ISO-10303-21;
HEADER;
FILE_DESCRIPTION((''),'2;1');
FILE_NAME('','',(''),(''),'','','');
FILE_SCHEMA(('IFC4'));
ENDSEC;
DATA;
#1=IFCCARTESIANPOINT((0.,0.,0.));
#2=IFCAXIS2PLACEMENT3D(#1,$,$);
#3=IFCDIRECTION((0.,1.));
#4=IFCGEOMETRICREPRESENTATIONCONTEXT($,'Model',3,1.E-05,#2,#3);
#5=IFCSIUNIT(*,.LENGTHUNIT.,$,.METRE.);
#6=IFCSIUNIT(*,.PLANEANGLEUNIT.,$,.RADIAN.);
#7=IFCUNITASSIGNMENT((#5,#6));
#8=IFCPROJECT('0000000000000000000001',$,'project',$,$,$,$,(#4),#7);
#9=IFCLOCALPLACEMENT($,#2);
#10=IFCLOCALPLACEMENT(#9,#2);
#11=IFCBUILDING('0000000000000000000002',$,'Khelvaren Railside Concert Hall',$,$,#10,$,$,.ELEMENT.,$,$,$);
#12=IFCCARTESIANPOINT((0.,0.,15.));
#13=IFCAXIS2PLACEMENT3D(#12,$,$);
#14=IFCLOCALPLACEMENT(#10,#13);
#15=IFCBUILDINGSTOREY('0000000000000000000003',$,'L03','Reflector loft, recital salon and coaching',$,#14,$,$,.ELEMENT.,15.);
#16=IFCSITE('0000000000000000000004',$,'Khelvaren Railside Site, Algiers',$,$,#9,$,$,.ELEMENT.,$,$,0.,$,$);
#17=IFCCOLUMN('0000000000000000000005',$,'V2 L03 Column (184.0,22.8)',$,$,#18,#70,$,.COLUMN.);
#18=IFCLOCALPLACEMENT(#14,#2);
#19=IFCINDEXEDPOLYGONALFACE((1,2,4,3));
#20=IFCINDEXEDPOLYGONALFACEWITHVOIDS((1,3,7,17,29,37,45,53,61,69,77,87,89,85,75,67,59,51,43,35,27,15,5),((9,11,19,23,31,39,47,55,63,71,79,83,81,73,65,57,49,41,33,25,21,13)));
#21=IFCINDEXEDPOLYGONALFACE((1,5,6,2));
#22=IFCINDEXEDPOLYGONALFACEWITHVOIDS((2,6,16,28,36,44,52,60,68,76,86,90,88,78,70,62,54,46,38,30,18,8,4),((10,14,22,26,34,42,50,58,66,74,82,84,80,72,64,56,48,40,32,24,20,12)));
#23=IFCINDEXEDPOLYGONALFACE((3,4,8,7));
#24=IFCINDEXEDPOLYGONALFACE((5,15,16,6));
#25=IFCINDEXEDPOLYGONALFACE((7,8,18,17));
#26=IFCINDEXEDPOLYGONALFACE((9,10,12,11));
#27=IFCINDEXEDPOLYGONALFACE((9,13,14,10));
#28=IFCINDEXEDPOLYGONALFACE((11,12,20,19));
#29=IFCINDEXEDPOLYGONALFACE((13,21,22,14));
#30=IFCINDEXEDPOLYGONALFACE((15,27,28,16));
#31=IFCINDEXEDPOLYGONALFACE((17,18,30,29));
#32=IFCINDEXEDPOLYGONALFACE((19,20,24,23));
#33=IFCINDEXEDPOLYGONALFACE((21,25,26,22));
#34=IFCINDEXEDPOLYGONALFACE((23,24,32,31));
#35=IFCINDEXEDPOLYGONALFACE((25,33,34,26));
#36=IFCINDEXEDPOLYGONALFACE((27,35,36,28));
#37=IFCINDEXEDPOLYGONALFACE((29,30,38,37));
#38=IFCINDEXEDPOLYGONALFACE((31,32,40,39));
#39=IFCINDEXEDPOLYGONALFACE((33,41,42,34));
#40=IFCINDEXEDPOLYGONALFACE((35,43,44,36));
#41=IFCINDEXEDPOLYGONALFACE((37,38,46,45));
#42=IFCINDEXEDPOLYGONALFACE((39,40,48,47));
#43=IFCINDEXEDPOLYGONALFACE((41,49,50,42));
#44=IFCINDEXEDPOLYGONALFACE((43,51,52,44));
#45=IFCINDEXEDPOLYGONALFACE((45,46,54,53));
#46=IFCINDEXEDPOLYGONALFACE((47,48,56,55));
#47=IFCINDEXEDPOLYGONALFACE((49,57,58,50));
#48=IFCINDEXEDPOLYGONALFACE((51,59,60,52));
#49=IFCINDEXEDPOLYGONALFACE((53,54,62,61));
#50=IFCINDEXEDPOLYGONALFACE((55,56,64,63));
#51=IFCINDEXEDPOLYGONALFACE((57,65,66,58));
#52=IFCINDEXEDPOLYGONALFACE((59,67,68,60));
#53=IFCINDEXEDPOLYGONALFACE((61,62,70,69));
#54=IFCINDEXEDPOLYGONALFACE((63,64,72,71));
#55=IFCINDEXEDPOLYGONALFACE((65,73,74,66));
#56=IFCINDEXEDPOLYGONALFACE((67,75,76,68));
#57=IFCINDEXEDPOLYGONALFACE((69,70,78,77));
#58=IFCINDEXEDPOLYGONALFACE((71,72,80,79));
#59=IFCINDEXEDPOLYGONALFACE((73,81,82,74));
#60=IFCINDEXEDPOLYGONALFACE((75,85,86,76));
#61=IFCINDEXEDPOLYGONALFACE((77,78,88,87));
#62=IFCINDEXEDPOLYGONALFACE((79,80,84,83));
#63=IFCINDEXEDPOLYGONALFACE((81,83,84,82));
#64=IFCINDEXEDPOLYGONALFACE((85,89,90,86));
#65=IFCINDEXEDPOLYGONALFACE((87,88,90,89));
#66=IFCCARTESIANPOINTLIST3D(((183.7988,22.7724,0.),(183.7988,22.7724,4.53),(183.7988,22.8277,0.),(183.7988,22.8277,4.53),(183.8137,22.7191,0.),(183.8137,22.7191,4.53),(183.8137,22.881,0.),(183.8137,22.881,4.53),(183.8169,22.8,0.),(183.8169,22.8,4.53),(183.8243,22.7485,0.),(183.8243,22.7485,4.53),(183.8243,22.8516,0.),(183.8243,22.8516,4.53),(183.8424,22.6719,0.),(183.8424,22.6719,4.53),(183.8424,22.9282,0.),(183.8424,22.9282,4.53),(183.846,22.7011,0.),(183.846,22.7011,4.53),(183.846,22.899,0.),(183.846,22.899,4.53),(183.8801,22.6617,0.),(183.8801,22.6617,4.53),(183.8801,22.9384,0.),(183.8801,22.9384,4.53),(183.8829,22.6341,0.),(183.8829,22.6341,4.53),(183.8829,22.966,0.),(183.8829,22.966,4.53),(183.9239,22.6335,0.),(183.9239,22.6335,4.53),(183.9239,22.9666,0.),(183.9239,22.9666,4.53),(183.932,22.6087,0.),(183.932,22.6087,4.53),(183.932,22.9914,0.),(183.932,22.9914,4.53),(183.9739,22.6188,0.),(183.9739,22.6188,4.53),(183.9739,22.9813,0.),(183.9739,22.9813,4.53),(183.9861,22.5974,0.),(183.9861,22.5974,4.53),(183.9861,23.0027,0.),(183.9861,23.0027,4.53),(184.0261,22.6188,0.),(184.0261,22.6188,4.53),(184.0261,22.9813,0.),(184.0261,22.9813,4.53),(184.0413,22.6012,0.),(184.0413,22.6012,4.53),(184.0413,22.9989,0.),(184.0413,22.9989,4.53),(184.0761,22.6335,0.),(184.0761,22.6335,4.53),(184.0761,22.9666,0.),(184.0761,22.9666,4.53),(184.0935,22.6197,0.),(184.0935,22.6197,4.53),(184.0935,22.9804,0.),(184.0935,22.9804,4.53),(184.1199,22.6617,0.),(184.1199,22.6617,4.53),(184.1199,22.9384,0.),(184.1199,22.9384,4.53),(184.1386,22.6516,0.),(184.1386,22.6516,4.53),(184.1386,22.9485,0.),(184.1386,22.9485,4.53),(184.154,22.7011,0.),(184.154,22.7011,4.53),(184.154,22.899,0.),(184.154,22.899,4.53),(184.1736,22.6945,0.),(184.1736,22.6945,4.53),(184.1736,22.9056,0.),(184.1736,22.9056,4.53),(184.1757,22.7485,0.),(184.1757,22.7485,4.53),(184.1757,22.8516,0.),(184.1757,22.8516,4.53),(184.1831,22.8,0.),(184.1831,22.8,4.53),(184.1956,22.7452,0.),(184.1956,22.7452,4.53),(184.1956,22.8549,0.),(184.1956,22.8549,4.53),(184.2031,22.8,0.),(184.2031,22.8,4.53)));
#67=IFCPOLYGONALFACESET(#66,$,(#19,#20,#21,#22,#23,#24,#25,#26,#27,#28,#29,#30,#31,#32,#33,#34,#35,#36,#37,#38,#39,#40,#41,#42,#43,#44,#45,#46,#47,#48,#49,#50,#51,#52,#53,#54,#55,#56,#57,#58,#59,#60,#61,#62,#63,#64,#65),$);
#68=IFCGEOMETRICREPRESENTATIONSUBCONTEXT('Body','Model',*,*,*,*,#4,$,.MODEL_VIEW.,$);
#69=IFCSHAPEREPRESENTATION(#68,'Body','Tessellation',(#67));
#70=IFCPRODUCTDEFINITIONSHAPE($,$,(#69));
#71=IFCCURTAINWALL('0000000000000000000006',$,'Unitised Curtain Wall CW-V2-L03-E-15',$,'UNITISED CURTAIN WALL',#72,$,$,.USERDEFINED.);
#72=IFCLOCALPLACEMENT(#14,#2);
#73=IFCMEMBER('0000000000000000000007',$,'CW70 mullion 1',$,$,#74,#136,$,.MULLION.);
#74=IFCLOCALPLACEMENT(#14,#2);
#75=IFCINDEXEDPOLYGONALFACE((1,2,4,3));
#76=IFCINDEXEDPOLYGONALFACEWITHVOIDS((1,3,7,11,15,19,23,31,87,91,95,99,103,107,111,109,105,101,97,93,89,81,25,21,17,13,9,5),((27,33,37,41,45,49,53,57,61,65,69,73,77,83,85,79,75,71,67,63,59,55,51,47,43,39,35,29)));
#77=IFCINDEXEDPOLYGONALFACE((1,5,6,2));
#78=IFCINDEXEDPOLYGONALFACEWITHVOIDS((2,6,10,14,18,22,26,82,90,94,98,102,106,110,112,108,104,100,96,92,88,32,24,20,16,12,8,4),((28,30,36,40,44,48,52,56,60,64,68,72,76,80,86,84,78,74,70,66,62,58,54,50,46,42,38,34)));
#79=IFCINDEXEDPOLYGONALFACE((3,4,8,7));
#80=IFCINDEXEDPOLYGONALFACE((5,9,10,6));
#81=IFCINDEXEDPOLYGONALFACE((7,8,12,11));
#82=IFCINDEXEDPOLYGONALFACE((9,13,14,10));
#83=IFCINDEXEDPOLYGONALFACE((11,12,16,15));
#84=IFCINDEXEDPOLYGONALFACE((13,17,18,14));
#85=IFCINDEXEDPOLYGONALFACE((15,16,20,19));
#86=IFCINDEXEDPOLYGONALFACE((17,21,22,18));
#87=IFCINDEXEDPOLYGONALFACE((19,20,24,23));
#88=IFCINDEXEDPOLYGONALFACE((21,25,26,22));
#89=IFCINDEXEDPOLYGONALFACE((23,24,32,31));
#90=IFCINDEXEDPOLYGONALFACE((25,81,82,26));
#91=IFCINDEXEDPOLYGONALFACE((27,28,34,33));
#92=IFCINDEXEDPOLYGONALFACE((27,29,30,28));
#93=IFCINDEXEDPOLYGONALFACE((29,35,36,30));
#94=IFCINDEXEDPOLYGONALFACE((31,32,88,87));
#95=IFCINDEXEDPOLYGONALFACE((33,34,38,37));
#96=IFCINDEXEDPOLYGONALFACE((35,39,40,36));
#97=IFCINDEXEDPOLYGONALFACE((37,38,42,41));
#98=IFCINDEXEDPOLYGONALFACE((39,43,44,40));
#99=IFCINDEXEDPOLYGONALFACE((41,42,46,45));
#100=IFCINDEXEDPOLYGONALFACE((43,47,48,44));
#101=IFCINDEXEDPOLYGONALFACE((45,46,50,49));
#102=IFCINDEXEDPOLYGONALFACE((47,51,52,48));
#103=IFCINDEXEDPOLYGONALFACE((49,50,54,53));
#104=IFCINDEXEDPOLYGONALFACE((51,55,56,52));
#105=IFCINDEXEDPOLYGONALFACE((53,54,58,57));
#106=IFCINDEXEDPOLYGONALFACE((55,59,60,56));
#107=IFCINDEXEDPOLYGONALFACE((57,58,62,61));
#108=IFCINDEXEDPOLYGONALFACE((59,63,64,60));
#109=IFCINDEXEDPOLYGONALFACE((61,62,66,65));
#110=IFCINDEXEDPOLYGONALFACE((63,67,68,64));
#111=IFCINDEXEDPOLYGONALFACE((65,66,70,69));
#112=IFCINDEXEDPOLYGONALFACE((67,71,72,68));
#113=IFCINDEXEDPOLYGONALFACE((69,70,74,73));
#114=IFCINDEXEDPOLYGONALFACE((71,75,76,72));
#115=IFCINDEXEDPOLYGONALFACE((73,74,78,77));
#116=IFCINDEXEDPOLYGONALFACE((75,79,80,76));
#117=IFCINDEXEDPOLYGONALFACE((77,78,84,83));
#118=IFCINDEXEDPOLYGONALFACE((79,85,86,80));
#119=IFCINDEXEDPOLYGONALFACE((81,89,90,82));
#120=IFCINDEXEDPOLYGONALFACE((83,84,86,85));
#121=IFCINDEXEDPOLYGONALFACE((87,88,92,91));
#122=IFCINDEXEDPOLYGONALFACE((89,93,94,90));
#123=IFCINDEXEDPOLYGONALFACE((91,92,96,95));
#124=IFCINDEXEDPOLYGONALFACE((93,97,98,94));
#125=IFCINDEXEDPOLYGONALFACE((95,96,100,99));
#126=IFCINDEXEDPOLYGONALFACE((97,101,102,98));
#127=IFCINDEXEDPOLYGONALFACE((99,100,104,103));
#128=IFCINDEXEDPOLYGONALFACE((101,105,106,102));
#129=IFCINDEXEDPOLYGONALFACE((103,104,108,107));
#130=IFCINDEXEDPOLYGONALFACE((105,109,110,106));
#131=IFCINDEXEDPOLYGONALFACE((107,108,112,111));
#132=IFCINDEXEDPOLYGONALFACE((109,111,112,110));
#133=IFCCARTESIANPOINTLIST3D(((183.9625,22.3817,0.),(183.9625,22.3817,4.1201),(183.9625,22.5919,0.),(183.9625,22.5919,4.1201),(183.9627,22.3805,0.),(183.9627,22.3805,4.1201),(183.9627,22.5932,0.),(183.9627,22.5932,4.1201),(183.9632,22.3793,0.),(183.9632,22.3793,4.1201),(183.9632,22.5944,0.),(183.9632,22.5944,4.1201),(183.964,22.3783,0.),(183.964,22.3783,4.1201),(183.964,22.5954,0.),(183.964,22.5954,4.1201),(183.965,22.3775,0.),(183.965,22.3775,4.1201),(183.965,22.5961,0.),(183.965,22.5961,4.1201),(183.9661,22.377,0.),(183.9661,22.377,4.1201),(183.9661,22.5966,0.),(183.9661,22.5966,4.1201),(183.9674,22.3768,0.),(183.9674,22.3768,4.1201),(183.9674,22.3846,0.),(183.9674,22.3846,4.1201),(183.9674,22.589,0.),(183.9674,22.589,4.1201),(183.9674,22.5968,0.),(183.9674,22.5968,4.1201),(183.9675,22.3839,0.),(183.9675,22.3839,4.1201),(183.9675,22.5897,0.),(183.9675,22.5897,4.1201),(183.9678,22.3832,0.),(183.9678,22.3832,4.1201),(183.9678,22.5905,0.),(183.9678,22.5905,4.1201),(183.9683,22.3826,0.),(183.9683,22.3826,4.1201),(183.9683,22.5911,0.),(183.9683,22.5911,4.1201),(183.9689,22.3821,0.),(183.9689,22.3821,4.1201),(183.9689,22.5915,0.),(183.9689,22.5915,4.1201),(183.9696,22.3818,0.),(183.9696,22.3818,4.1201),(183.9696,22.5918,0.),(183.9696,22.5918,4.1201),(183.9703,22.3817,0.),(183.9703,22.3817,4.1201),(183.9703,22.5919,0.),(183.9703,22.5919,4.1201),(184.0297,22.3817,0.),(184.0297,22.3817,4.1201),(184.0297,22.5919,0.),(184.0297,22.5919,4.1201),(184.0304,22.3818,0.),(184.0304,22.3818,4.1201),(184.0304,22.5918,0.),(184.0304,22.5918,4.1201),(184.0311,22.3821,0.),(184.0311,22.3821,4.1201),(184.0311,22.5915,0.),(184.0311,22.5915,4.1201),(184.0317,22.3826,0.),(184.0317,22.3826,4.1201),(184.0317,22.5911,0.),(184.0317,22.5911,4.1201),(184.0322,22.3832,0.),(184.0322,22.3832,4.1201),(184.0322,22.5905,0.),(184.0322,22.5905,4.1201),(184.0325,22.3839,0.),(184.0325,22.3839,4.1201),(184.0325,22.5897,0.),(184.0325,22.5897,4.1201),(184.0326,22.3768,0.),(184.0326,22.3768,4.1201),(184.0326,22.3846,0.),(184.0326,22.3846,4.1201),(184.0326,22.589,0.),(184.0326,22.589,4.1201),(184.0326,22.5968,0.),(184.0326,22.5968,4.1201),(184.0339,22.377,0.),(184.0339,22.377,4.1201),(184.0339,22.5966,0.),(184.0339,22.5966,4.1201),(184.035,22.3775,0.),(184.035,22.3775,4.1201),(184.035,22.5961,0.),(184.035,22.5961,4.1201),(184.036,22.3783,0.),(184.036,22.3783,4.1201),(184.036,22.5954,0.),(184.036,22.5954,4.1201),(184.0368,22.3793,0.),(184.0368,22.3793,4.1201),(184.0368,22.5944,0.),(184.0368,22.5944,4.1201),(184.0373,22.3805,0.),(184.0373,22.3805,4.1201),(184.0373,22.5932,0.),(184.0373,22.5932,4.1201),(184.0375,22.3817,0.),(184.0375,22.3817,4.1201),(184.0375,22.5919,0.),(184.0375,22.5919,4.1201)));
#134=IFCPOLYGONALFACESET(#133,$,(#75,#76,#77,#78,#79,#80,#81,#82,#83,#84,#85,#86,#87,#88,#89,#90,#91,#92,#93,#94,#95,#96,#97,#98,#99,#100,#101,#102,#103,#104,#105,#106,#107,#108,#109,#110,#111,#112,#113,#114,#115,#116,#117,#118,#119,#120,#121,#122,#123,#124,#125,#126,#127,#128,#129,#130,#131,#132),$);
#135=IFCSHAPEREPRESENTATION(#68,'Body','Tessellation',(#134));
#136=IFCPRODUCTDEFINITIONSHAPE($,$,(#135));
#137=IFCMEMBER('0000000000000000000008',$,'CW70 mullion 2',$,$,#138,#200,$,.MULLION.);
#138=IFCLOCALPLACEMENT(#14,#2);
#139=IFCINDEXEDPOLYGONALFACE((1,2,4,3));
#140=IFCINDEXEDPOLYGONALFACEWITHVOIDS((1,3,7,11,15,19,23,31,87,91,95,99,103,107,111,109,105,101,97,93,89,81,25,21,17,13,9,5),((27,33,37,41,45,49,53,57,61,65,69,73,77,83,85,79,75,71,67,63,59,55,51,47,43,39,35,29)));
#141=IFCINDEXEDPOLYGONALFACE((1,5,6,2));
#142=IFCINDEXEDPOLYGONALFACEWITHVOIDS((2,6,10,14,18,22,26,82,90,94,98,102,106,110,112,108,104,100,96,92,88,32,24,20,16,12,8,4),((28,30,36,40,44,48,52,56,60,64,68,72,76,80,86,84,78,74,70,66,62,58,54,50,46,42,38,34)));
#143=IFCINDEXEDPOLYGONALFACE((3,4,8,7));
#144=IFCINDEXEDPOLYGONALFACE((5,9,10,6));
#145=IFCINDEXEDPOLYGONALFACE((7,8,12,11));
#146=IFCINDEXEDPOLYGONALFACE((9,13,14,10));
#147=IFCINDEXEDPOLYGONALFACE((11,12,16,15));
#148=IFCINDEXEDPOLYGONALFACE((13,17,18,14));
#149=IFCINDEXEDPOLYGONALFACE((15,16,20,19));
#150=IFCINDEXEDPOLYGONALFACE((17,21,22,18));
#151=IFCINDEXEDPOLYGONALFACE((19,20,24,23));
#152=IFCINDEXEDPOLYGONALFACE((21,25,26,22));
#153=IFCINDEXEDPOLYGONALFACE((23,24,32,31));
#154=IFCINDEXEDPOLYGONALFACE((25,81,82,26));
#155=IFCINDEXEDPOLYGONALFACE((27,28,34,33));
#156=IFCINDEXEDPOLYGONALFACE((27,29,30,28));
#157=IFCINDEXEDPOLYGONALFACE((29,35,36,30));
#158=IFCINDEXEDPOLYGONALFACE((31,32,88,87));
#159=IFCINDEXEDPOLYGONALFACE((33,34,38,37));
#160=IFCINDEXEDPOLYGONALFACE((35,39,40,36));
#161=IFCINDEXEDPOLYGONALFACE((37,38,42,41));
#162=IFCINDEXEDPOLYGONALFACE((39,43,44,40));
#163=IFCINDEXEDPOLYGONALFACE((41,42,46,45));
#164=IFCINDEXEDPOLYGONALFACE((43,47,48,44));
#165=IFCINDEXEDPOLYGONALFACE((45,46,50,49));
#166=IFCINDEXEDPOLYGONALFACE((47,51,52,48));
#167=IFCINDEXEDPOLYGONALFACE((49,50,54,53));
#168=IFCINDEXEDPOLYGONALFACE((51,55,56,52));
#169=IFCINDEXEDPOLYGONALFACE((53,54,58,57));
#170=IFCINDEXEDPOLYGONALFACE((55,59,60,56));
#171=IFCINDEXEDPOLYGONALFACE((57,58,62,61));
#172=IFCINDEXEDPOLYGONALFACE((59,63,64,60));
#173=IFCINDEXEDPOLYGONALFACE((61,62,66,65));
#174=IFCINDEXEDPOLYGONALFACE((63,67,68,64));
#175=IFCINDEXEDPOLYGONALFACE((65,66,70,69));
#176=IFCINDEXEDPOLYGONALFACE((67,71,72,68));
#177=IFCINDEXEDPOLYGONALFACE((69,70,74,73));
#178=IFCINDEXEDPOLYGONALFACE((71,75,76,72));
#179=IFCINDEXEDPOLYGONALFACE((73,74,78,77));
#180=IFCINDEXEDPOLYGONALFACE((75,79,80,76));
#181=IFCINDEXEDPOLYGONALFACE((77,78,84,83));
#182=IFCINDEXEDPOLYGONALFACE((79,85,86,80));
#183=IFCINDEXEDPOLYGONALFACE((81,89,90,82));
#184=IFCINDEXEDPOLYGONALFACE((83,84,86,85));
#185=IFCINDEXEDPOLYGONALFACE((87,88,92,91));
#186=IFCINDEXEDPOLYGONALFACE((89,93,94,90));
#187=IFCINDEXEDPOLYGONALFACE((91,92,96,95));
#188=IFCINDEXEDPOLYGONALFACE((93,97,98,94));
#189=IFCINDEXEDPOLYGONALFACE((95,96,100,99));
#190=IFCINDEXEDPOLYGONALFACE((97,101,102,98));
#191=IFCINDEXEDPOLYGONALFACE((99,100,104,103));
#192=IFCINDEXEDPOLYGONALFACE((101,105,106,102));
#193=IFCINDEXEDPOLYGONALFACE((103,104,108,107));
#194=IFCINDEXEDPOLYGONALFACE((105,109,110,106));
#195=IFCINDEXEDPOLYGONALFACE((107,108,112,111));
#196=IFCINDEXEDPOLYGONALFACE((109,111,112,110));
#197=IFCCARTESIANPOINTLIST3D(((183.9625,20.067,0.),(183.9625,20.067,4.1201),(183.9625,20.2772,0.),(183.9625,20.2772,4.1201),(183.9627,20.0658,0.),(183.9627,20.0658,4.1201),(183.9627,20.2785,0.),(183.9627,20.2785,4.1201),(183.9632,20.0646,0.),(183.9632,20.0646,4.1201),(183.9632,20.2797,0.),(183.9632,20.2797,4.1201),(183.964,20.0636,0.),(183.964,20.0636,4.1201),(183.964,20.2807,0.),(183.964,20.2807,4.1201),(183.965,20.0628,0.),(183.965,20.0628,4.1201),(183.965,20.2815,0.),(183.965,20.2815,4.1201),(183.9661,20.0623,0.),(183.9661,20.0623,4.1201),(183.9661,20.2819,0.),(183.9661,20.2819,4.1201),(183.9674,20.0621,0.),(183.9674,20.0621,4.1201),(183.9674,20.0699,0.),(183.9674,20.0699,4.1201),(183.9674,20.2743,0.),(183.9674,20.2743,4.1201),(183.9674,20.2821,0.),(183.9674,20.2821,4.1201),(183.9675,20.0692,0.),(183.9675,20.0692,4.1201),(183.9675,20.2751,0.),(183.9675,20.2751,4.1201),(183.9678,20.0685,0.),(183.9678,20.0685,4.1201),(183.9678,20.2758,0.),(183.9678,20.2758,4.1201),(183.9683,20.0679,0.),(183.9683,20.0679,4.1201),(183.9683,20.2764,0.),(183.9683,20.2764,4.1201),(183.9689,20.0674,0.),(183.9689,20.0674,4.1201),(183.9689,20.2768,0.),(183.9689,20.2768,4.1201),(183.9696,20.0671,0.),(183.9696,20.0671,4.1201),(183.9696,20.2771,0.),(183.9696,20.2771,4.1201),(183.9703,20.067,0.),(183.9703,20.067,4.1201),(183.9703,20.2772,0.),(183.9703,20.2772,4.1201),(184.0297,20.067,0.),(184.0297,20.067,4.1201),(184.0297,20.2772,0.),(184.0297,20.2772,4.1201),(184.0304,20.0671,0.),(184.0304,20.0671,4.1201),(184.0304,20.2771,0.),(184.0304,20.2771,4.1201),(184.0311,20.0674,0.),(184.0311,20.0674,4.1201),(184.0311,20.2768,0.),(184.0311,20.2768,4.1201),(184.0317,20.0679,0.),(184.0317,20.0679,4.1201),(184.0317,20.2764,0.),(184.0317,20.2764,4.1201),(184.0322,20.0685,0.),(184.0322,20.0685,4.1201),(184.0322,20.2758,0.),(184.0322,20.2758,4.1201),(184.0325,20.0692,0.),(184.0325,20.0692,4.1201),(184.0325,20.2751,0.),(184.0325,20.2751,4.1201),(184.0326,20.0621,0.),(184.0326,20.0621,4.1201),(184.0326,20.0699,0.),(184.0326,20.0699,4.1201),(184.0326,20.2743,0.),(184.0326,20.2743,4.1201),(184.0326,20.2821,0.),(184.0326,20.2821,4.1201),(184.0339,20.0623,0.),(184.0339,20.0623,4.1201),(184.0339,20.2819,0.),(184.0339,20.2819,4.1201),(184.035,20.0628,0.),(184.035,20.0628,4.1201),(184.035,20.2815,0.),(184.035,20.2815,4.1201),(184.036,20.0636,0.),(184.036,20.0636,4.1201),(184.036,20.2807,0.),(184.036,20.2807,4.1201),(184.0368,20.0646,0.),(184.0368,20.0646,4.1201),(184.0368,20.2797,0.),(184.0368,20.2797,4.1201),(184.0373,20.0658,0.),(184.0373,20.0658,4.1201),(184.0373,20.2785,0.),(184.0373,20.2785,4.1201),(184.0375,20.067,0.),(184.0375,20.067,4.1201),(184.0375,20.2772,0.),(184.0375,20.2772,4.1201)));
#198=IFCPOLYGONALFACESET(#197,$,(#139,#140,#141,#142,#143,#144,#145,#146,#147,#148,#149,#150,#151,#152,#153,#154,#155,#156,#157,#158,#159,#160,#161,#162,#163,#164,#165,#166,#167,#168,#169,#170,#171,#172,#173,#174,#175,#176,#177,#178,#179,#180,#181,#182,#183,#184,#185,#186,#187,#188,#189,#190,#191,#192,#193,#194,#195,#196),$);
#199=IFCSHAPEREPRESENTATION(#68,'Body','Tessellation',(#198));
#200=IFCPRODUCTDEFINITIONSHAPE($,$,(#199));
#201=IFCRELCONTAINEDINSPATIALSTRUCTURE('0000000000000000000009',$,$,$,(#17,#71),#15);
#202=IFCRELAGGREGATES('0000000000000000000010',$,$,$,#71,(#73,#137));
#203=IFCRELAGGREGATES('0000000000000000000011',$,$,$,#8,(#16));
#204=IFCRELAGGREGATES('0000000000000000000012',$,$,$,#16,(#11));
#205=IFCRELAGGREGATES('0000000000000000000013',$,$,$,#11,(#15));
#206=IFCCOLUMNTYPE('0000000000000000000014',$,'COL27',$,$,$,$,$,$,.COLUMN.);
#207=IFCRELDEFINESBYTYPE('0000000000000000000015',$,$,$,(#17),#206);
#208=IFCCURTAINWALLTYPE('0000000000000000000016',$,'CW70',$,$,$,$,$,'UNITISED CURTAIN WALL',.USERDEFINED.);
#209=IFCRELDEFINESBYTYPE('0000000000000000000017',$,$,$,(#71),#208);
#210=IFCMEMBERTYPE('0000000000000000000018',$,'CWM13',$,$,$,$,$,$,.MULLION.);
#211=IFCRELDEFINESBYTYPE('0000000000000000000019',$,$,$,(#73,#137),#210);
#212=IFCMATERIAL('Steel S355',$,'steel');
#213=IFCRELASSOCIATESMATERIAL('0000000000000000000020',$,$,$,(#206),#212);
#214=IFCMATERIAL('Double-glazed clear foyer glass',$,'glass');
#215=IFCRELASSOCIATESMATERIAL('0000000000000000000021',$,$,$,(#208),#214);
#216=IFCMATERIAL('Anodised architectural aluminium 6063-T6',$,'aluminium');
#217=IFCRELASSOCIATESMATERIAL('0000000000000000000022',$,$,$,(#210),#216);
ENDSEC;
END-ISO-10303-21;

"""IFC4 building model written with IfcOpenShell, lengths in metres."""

from ifc_helpers import new_model, si_unit, direction, frame, origin, origin_2d, place, context, subcontext, project, spatial, hollow_rectangle, hollow_circle, extrude, material, material_profile, profile_set, type_object, element, aggregate, save


model = new_model("IFC4")

# Units and contexts
model_context = context("Model", 3, precision=1e-05, world=origin(), true_north=direction((0.0, 1.0)))
body_context = subcontext(model_context, "Body", "Model", "MODEL_VIEW")
ifc_project = project(units=[si_unit("LENGTHUNIT", "METRE"), si_unit("PLANEANGLEUNIT", "RADIAN")], contexts=[model_context])

# Site, building, storey
site_placement = place(None, origin())
site = spatial("IfcSite", under=ifc_project, at=site_placement, Name="Khelvaren Railside Site, Algiers", CompositionType="ELEMENT", RefElevation=0.0)
building_placement = place(site_placement, origin())
building = spatial("IfcBuilding", under=site, at=building_placement, Name="Khelvaren Railside Concert Hall", CompositionType="ELEMENT")
storey_placement = place(building_placement, frame((0.0, 0.0, 15.0)))
storey = spatial("IfcBuildingStorey", under=building, at=storey_placement, Name="L03", Description="Reflector loft, recital salon and coaching", CompositionType="ELEMENT", Elevation=15.0)

# Column
ifc_material_1 = material(Name="Steel S355", Category="steel")
ifc_material_profile_1 = material_profile(ifc_material_1, hollow_circle(Radius=0.2031, WallThickness=0.02, at=origin_2d()), Name="CHS 406.4x20")
ifc_profile_set_1 = profile_set([ifc_material_profile_1], Name="Steel S355")
column_type = type_object("IfcColumnType", Name="COL27", PredefinedType="COLUMN", material=ifc_profile_set_1)
column_placement = place(storey_placement, frame((184.0, 22.8, 0.0), z_axis=(0.0, 0.0, 1.0), x_axis=(1.0, 0.0, 0.0)))
element("IfcColumn", 1, at=column_placement, inside=storey, type_object=column_type, Name="V2 L03 Column (184.0,22.8)", PredefinedType="COLUMN", context=body_context, shape_type="SweptSolid", body=[
    extrude(hollow_circle(Radius=0.2031, WallThickness=0.02, at=origin_2d()), origin(), (0.0, 0.0, 1.0), 4.53),
])

# Curtain wall, members
ifc_material_2 = material(Name="Double-glazed clear foyer glass", Category="glass")
curtain_wall_type_1 = type_object("IfcCurtainWallType", Name="CW70", ElementType="UNITISED CURTAIN WALL", PredefinedType="USERDEFINED", material=ifc_material_2)
curtain_wall_1_placement = place(storey_placement, origin())
curtain_wall_1 = element("IfcCurtainWall", 2, at=curtain_wall_1_placement, inside=storey, type_object=curtain_wall_type_1, Name="Unitised Curtain Wall CW-V2-L03-E-15", ObjectType="UNITISED CURTAIN WALL", PredefinedType="USERDEFINED")
ifc_material_3 = material(Name="Anodised architectural aluminium 6063-T6", Category="aluminium")
ifc_material_profile_2 = material_profile(ifc_material_3, hollow_rectangle(XDim=0.075, YDim=0.22, WallThickness=0.0049, InnerFilletRadius=0.0029, OuterFilletRadius=0.0049, at=origin_2d()), Name="CWM 75x220x5")
ifc_profile_set_2 = profile_set([ifc_material_profile_2], Name="Anodised architectural aluminium 6063-T6")
member_type_1 = type_object("IfcMemberType", Name="CWM13", PredefinedType="MULLION", material=ifc_profile_set_2)
member_1_placement = place(storey_placement, frame((184.0, 22.4868, 0.0), z_axis=(0.0, 0.0, 1.0), x_axis=(1.0, 0.0, 0.0)))
member_1 = element("IfcMember", 3, at=member_1_placement, type_object=member_type_1, Name="CW70 mullion 1", PredefinedType="MULLION", context=body_context, shape_type="SweptSolid", body=[
    extrude(hollow_rectangle(XDim=0.075, YDim=0.22, WallThickness=0.0049, InnerFilletRadius=0.0029, OuterFilletRadius=0.0049, at=origin_2d()), origin(), (0.0, 0.0, 1.0), 4.1201),
])
member_2_placement = place(storey_placement, frame((184.0, 20.1721, 0.0), z_axis=(0.0, 0.0, 1.0), x_axis=(1.0, 0.0, 0.0)))
member_2 = element("IfcMember", 4, at=member_2_placement, type_object=member_type_1, Name="CW70 mullion 2", PredefinedType="MULLION", context=body_context, shape_type="SweptSolid", body=[
    extrude(hollow_rectangle(XDim=0.075, YDim=0.22, WallThickness=0.0049, InnerFilletRadius=0.0029, OuterFilletRadius=0.0049, at=origin_2d()), origin(), (0.0, 0.0, 1.0), 4.1201),
])

aggregate(curtain_wall_1, [member_1, member_2])

save(model, "model.ifc")
